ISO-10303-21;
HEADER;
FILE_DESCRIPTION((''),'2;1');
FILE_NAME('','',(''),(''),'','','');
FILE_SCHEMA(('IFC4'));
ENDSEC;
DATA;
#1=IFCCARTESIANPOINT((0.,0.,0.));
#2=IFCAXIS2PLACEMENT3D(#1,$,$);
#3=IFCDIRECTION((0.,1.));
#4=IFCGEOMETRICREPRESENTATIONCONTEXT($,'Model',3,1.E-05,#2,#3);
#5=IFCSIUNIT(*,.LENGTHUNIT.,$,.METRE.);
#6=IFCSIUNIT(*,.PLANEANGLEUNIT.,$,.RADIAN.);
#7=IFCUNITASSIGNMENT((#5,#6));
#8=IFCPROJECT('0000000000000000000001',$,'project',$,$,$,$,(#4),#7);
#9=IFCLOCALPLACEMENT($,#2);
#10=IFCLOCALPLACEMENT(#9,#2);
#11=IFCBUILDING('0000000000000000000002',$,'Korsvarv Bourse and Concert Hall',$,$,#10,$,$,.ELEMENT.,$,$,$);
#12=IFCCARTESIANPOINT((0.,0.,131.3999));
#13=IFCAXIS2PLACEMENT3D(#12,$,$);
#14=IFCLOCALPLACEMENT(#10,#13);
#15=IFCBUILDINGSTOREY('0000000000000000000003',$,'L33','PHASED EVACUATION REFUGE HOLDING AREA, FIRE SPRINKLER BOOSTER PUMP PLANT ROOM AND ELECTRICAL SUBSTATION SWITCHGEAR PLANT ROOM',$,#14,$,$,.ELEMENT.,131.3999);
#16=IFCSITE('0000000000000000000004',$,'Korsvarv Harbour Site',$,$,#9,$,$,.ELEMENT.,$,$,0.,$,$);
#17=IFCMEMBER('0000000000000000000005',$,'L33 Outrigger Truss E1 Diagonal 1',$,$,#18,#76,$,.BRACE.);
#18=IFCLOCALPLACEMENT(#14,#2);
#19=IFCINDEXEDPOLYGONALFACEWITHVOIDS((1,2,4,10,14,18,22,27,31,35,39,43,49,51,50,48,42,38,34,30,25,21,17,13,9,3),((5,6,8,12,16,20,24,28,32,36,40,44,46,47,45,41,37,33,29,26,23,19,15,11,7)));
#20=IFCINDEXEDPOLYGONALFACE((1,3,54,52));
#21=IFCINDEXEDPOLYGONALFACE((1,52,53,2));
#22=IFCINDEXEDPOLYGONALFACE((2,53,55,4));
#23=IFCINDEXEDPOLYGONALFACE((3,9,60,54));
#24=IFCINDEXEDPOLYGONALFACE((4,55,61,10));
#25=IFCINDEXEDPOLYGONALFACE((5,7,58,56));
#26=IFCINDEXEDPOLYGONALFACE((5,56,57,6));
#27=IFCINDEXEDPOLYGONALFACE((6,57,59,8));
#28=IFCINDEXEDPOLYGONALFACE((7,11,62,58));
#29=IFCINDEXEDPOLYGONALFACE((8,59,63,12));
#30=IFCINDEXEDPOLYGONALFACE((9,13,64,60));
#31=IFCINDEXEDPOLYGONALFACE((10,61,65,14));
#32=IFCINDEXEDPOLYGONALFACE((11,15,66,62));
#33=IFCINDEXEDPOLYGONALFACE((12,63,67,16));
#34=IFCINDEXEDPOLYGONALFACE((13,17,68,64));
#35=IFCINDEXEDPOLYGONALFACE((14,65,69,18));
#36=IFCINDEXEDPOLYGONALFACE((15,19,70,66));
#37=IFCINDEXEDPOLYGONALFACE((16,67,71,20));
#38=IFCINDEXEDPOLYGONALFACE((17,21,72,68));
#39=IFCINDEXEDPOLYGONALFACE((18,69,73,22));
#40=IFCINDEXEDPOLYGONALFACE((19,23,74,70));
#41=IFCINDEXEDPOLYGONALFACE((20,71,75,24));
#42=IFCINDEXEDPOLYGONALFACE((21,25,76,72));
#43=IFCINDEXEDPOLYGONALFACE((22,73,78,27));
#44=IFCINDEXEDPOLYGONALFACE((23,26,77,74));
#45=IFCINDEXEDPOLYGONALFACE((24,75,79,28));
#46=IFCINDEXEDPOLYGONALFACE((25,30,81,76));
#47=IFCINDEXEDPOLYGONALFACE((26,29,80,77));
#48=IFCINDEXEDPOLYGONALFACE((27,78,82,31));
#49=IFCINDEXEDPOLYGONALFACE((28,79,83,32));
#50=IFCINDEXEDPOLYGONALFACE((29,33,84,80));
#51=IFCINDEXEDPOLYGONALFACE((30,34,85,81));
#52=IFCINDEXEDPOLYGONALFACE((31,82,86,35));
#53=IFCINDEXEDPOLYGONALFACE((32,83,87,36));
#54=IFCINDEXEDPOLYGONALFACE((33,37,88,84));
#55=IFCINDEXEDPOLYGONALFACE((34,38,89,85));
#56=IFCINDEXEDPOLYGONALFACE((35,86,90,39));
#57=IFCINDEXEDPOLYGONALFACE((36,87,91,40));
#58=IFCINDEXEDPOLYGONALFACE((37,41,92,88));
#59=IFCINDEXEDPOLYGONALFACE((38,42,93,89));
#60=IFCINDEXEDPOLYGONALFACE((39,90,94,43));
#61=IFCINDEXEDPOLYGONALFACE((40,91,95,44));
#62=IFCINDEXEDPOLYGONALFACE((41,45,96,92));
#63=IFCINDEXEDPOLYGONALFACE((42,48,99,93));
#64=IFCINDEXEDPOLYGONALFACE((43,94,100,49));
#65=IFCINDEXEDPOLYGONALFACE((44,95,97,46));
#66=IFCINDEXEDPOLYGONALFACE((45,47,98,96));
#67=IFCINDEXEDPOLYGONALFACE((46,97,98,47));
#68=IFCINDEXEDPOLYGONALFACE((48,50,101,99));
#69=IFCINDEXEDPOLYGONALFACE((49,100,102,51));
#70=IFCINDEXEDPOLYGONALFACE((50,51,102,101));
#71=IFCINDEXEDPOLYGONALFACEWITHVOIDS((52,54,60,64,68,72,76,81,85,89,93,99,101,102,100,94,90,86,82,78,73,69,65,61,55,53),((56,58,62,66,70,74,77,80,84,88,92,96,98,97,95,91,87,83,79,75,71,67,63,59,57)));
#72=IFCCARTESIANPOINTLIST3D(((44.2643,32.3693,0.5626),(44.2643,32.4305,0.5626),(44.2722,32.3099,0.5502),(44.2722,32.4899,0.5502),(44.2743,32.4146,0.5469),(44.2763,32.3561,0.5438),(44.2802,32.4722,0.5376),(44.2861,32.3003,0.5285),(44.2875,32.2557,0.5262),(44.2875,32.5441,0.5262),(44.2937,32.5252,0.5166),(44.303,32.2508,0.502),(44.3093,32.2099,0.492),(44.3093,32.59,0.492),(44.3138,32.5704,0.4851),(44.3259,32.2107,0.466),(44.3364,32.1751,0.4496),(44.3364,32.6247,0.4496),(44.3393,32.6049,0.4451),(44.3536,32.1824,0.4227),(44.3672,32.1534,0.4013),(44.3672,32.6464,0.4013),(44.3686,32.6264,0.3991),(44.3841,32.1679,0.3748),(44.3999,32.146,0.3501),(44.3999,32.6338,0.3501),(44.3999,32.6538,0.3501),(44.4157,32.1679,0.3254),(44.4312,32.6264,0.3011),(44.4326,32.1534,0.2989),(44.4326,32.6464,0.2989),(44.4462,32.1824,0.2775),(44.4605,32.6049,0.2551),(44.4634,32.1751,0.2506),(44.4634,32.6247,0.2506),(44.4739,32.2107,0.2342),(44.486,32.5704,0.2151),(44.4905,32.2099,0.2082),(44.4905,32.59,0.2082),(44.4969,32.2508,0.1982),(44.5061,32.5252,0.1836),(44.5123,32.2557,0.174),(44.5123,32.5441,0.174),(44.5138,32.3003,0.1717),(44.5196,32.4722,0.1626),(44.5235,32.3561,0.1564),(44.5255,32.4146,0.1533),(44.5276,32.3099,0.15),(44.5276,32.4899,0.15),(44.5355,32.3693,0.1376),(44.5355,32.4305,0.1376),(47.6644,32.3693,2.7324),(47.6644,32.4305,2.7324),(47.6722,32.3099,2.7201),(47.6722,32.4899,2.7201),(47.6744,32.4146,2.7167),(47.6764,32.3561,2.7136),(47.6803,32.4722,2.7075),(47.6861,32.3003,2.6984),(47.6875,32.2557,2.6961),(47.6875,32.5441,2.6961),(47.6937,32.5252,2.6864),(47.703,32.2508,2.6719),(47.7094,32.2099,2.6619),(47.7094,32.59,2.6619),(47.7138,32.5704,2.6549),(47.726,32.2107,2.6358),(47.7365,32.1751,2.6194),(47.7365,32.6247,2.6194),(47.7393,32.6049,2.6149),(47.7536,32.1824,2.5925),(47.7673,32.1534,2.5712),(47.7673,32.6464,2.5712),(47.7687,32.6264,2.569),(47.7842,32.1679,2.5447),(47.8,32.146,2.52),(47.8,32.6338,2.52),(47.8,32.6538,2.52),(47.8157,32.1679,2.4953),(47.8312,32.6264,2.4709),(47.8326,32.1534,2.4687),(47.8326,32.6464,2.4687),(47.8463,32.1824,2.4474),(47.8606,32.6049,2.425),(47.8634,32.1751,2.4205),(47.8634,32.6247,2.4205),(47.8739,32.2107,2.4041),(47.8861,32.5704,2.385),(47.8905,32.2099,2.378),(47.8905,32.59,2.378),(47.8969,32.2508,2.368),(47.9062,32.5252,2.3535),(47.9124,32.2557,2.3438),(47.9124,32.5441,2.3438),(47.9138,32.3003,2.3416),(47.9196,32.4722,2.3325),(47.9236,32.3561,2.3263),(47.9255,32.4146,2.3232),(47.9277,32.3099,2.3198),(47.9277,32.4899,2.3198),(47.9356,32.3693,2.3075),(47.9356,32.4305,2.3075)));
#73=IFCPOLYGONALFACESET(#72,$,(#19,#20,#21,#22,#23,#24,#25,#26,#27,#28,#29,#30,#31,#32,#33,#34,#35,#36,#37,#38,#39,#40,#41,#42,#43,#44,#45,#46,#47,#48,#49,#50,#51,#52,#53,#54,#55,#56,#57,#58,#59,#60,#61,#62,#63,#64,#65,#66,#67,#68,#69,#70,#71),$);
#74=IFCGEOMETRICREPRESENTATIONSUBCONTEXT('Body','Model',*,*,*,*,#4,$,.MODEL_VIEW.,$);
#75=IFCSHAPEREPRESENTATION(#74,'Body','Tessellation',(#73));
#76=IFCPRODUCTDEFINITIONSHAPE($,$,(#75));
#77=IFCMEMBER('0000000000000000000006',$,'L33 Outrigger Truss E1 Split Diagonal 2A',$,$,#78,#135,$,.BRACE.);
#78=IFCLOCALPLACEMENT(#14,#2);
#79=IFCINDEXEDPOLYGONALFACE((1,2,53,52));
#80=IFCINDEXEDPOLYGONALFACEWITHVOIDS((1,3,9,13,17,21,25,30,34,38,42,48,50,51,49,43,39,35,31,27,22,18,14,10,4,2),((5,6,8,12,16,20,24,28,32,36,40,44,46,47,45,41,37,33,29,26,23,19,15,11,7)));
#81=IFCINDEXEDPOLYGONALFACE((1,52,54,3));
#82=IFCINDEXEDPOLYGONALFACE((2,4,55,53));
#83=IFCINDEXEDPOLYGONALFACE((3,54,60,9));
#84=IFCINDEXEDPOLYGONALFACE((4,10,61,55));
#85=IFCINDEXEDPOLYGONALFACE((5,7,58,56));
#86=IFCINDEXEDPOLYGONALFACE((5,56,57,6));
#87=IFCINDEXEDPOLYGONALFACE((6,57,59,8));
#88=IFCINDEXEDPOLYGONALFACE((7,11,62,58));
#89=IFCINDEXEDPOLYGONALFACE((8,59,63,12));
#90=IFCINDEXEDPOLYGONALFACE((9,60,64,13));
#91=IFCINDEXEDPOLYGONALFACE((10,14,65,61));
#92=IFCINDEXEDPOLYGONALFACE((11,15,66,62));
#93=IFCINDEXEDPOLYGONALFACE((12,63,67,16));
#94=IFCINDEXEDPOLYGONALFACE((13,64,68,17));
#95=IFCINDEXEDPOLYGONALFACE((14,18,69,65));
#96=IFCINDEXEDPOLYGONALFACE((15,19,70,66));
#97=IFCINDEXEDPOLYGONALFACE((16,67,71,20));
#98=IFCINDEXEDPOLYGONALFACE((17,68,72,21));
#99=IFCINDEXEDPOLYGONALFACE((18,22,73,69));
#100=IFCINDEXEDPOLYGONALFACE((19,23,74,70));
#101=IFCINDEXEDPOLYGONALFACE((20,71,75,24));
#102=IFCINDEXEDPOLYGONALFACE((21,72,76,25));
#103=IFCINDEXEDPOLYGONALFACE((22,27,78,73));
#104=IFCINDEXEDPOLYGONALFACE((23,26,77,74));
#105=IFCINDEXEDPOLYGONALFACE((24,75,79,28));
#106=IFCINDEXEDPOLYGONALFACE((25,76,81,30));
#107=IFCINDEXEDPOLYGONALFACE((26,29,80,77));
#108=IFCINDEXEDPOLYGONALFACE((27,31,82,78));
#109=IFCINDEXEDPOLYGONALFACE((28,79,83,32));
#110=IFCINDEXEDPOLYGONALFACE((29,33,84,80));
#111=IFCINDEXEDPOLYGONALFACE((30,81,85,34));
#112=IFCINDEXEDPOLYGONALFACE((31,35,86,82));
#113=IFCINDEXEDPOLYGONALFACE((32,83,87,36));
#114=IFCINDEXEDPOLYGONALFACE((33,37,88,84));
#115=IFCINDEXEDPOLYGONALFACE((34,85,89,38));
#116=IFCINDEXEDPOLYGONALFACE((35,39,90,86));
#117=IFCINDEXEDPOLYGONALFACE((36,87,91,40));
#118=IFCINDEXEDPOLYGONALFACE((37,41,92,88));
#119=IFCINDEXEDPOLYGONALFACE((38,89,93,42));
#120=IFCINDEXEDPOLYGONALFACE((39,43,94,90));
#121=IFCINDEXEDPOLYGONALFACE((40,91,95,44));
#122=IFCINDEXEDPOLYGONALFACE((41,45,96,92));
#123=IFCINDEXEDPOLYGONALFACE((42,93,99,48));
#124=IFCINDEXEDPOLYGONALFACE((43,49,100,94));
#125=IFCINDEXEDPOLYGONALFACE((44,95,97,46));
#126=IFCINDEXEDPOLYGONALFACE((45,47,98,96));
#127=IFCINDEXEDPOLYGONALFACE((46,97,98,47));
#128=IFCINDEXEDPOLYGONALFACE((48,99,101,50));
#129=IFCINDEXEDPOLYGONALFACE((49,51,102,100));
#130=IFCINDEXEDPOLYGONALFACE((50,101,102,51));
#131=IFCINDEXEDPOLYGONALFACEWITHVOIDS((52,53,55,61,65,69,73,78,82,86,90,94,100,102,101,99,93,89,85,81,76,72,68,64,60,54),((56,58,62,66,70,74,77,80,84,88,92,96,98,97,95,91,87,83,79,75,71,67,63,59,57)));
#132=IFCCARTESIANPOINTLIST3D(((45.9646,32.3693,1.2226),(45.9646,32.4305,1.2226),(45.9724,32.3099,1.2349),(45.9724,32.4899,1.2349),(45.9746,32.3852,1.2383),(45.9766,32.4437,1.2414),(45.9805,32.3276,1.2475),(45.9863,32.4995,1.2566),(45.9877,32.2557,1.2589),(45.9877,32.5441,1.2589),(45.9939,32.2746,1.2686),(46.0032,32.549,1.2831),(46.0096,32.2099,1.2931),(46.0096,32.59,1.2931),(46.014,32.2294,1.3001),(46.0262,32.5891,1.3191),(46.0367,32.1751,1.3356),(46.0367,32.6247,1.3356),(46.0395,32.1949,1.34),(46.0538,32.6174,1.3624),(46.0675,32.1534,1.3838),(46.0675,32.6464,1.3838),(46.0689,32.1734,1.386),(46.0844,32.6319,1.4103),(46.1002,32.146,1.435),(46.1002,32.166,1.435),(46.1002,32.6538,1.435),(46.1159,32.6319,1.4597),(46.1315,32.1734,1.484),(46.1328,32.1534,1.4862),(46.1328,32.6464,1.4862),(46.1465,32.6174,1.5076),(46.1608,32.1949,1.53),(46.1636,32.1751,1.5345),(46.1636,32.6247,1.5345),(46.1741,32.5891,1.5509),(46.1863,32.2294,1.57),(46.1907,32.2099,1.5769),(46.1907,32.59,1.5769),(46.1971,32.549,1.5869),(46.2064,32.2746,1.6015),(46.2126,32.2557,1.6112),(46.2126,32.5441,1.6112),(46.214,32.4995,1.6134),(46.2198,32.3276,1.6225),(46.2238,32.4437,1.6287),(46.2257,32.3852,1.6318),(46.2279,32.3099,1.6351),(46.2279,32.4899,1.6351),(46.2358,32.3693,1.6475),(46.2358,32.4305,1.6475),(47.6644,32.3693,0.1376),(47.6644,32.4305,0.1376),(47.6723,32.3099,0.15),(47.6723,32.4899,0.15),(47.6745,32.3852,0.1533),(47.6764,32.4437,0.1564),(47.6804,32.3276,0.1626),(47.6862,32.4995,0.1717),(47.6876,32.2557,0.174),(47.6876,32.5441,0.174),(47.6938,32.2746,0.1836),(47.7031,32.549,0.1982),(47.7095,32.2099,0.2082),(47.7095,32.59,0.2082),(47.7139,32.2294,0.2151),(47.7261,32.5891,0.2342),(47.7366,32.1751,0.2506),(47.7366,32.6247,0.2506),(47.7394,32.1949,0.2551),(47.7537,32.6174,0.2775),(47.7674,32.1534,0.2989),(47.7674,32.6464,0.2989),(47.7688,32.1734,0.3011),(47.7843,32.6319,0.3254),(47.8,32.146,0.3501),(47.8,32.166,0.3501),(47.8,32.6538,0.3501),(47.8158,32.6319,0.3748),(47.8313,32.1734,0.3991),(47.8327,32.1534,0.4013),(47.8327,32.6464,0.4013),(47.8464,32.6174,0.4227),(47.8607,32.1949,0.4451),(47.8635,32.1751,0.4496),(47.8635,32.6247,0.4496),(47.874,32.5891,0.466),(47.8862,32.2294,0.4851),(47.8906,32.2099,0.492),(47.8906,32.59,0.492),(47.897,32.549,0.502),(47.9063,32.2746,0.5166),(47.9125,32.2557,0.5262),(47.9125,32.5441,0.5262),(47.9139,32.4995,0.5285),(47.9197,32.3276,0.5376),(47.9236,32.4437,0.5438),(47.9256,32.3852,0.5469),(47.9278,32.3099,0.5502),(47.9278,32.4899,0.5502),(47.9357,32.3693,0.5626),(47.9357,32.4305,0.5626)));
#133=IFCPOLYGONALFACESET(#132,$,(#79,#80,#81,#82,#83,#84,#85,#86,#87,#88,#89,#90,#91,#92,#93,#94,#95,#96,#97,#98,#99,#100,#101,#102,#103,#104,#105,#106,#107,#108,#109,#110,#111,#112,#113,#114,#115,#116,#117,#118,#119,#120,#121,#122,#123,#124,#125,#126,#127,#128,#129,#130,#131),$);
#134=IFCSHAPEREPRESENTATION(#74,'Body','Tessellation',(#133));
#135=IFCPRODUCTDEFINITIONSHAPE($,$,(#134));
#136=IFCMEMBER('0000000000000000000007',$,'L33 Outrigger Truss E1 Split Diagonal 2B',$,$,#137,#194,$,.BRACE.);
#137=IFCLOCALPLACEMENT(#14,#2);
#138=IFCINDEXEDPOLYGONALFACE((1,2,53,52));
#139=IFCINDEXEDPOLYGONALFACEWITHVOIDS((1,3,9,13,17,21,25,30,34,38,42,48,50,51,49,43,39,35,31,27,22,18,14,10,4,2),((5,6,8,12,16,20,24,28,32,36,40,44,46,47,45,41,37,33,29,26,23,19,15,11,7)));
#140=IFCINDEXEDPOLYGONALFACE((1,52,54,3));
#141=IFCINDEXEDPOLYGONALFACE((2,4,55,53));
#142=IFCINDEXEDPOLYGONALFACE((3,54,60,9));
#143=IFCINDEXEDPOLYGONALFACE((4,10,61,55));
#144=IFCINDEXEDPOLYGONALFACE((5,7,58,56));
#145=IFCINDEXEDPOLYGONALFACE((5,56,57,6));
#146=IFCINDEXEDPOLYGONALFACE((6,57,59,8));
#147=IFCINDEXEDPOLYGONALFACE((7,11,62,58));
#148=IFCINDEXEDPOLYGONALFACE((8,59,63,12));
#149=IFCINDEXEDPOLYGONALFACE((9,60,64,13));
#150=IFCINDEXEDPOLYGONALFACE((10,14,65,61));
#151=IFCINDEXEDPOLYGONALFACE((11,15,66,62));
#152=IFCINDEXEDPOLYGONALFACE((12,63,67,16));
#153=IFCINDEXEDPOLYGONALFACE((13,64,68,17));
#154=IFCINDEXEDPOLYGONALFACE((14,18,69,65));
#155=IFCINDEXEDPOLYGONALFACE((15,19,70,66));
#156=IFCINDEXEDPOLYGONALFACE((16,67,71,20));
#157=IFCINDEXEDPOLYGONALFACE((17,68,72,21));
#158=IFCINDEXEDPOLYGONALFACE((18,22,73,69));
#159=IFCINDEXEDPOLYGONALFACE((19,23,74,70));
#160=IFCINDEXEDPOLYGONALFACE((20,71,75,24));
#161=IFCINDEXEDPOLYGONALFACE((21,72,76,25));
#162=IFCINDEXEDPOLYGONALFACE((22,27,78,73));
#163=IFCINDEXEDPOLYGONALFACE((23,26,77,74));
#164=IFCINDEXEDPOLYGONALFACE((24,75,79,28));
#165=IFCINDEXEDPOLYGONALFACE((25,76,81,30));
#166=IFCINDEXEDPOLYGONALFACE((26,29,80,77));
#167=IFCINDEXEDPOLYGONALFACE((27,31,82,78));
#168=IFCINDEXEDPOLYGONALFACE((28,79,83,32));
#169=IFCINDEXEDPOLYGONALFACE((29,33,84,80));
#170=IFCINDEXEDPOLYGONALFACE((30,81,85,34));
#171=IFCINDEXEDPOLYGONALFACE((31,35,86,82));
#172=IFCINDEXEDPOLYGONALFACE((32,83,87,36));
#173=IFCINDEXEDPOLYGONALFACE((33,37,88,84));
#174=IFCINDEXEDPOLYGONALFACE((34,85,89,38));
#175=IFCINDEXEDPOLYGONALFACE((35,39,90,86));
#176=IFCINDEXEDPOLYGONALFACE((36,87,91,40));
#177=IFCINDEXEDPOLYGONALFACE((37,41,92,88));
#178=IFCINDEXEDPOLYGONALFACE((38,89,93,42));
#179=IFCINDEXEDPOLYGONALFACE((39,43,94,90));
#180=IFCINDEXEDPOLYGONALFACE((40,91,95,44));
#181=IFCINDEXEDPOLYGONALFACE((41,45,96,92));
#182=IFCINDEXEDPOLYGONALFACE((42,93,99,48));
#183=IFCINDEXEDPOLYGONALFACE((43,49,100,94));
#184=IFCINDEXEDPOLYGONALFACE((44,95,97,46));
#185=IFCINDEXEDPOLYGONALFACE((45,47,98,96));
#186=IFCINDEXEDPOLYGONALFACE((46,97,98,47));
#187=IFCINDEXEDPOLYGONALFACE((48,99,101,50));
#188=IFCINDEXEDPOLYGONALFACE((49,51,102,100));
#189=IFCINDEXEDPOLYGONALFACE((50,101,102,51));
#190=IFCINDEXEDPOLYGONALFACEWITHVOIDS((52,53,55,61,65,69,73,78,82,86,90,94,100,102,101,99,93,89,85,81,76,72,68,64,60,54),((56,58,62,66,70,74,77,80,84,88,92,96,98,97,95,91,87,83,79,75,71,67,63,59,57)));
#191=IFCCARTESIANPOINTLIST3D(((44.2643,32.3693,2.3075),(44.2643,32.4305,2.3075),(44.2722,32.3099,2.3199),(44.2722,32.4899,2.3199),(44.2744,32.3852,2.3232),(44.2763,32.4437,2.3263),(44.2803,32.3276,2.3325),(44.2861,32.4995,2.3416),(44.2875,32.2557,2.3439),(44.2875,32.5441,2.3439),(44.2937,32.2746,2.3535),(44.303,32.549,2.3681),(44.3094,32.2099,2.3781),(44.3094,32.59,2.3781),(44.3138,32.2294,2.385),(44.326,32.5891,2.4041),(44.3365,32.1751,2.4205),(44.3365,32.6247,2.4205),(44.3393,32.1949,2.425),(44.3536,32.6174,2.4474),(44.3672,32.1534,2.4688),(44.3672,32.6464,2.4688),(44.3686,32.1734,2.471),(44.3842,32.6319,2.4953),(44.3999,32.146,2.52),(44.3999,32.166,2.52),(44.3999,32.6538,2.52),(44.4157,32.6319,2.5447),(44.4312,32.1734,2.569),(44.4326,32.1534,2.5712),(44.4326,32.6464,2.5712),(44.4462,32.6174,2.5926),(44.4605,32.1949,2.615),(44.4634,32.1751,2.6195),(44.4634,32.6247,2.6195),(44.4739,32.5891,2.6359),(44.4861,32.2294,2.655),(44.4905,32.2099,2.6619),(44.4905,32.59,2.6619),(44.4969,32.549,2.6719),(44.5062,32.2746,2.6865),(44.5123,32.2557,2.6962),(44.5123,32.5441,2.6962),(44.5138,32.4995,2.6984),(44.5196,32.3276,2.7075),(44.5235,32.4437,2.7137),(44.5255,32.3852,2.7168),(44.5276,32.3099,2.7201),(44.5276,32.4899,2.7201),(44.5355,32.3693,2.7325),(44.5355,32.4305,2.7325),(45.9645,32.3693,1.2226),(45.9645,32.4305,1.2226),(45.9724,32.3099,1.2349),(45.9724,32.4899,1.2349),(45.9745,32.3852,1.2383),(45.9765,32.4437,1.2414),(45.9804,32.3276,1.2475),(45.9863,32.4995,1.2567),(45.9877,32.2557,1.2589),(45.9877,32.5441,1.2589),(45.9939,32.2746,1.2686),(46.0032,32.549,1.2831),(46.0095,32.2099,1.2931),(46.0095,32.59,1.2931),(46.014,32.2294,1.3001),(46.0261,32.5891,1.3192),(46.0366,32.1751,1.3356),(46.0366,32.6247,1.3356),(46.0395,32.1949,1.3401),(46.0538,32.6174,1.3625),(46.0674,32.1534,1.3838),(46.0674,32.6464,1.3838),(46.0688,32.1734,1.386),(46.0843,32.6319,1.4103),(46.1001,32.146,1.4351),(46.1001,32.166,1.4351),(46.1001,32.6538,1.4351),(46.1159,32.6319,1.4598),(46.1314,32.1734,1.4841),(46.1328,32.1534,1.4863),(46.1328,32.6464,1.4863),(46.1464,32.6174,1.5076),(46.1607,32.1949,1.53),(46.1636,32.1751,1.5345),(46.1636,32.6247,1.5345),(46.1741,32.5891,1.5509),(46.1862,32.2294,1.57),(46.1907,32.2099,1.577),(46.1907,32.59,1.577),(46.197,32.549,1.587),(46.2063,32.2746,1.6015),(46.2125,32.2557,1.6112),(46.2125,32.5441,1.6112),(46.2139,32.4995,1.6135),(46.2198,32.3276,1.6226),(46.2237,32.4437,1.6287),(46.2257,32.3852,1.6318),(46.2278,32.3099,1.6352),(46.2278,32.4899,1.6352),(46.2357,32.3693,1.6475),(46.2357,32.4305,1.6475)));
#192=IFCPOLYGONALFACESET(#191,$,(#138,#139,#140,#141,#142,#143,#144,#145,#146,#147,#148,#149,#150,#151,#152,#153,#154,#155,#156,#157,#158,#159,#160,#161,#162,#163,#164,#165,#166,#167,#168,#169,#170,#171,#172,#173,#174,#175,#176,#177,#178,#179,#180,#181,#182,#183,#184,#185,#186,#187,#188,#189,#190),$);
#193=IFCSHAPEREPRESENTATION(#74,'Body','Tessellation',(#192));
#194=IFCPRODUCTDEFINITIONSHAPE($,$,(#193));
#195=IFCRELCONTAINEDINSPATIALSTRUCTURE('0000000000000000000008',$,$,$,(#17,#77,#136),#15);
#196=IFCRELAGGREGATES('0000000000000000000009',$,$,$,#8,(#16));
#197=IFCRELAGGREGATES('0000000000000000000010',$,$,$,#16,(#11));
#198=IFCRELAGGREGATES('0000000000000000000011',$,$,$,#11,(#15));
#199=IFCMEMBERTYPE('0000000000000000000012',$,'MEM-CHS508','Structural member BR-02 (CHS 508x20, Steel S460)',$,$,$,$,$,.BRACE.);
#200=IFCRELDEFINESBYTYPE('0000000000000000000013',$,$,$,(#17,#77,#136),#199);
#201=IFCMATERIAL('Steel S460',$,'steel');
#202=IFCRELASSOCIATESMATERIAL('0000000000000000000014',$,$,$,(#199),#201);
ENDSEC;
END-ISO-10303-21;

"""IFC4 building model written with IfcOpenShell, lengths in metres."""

from ifc_helpers import new_model, si_unit, direction, frame, origin, origin_2d, place, context, subcontext, project, spatial, hollow_circle, extrude, source, transform, mapped, material, material_profile, profile_set, type_object, element, save


model = new_model("IFC4")

# Units and contexts
model_context = context("Model", 3, precision=1e-05, world=origin(), true_north=direction((0.0, 1.0)))
body_context = subcontext(model_context, "Body", "Model", "MODEL_VIEW")
ifc_project = project(units=[si_unit("LENGTHUNIT", "METRE"), si_unit("PLANEANGLEUNIT", "RADIAN")], contexts=[model_context])

# Site, building, storey
site_placement = place(None, origin())
site = spatial("IfcSite", under=ifc_project, at=site_placement, Name="Korsvarv Harbour Site", CompositionType="ELEMENT", RefElevation=0.0)
building_placement = place(site_placement, origin())
building = spatial("IfcBuilding", under=site, at=building_placement, Name="Korsvarv Bourse and Concert Hall", CompositionType="ELEMENT")
storey_placement = place(building_placement, frame((0.0, 0.0, 131.3999)))
storey = spatial("IfcBuildingStorey", under=building, at=storey_placement, Name="L33", Description="PHASED EVACUATION REFUGE HOLDING AREA, FIRE SPRINKLER BOOSTER PUMP PLANT ROOM AND ELECTRICAL SUBSTATION SWITCHGEAR PLANT ROOM", CompositionType="ELEMENT", Elevation=131.3999)

# Shared definitions
ifc_material_1 = material(Name="Steel S460", Category="steel")

# Members
ifc_material_profile_1 = material_profile(ifc_material_1, hollow_circle(Radius=0.2539, WallThickness=0.02, at=origin_2d()), Name="CHS 508x20")
ifc_profile_set_1 = profile_set([ifc_material_profile_1], Name="Steel S460")
member_type_1 = type_object("IfcMemberType", Name="MEM-CHS508", Description="Structural member BR-02 (CHS 508x20, Steel S460)", PredefinedType="BRACE", material=ifc_profile_set_1)
shared_shape_1 = source(origin(), body_context, "Body", "SweptSolid", [
    extrude(hollow_circle(Radius=0.2539, WallThickness=0.02, at=origin_2d()), origin(), (0.0, 0.0, 1.0), 4.0334),
])
member_1_placement = place(storey_placement, frame((44.3999, 32.3999, 0.3501), z_axis=(0.842965, 0.0, 0.537968), x_axis=(0.0, 1.0, 0.0)))
element("IfcMember", 1, at=member_1_placement, inside=storey, type_object=member_type_1, Name="L33 Outrigger Truss E1 Diagonal 1", PredefinedType="BRACE", context=body_context, shape_type="MappedRepresentation", body=[
    mapped(shared_shape_1, transform((0.0, 0.0, 0.0), scale=1.0)),
])
shared_shape_2 = source(origin(), body_context, "Body", "SweptSolid", [
    extrude(hollow_circle(Radius=0.2539, WallThickness=0.02, at=origin_2d()), origin(), (0.0, 0.0, 1.0), 2.0166),
])
member_2_placement = place(storey_placement, frame((47.8, 32.3999, 0.3501), z_axis=(-0.842948, 0.0, 0.537995), x_axis=(0.0, -1.0, 0.0)))
element("IfcMember", 2, at=member_2_placement, inside=storey, type_object=member_type_1, Name="L33 Outrigger Truss E1 Split Diagonal 2A", PredefinedType="BRACE", context=body_context, shape_type="MappedRepresentation", body=[
    mapped(shared_shape_2, transform((0.0, 0.0, 0.0), scale=1.0)),
])
shared_shape_3 = source(origin(), body_context, "Body", "SweptSolid", [
    extrude(hollow_circle(Radius=0.2539, WallThickness=0.02, at=origin_2d()), origin(), (0.0, 0.0, 1.0), 2.0168),
])
member_3_placement = place(storey_placement, frame((46.1001, 32.3999, 1.4351), z_axis=(-0.842983, 0.0, 0.53794), x_axis=(0.0, -1.0, 0.0)))
element("IfcMember", 3, at=member_3_placement, inside=storey, type_object=member_type_1, Name="L33 Outrigger Truss E1 Split Diagonal 2B", PredefinedType="BRACE", context=body_context, shape_type="MappedRepresentation", body=[
    mapped(shared_shape_3, transform((0.0, 0.0, 0.0), scale=1.0)),
])

save(model, "model.ifc")
